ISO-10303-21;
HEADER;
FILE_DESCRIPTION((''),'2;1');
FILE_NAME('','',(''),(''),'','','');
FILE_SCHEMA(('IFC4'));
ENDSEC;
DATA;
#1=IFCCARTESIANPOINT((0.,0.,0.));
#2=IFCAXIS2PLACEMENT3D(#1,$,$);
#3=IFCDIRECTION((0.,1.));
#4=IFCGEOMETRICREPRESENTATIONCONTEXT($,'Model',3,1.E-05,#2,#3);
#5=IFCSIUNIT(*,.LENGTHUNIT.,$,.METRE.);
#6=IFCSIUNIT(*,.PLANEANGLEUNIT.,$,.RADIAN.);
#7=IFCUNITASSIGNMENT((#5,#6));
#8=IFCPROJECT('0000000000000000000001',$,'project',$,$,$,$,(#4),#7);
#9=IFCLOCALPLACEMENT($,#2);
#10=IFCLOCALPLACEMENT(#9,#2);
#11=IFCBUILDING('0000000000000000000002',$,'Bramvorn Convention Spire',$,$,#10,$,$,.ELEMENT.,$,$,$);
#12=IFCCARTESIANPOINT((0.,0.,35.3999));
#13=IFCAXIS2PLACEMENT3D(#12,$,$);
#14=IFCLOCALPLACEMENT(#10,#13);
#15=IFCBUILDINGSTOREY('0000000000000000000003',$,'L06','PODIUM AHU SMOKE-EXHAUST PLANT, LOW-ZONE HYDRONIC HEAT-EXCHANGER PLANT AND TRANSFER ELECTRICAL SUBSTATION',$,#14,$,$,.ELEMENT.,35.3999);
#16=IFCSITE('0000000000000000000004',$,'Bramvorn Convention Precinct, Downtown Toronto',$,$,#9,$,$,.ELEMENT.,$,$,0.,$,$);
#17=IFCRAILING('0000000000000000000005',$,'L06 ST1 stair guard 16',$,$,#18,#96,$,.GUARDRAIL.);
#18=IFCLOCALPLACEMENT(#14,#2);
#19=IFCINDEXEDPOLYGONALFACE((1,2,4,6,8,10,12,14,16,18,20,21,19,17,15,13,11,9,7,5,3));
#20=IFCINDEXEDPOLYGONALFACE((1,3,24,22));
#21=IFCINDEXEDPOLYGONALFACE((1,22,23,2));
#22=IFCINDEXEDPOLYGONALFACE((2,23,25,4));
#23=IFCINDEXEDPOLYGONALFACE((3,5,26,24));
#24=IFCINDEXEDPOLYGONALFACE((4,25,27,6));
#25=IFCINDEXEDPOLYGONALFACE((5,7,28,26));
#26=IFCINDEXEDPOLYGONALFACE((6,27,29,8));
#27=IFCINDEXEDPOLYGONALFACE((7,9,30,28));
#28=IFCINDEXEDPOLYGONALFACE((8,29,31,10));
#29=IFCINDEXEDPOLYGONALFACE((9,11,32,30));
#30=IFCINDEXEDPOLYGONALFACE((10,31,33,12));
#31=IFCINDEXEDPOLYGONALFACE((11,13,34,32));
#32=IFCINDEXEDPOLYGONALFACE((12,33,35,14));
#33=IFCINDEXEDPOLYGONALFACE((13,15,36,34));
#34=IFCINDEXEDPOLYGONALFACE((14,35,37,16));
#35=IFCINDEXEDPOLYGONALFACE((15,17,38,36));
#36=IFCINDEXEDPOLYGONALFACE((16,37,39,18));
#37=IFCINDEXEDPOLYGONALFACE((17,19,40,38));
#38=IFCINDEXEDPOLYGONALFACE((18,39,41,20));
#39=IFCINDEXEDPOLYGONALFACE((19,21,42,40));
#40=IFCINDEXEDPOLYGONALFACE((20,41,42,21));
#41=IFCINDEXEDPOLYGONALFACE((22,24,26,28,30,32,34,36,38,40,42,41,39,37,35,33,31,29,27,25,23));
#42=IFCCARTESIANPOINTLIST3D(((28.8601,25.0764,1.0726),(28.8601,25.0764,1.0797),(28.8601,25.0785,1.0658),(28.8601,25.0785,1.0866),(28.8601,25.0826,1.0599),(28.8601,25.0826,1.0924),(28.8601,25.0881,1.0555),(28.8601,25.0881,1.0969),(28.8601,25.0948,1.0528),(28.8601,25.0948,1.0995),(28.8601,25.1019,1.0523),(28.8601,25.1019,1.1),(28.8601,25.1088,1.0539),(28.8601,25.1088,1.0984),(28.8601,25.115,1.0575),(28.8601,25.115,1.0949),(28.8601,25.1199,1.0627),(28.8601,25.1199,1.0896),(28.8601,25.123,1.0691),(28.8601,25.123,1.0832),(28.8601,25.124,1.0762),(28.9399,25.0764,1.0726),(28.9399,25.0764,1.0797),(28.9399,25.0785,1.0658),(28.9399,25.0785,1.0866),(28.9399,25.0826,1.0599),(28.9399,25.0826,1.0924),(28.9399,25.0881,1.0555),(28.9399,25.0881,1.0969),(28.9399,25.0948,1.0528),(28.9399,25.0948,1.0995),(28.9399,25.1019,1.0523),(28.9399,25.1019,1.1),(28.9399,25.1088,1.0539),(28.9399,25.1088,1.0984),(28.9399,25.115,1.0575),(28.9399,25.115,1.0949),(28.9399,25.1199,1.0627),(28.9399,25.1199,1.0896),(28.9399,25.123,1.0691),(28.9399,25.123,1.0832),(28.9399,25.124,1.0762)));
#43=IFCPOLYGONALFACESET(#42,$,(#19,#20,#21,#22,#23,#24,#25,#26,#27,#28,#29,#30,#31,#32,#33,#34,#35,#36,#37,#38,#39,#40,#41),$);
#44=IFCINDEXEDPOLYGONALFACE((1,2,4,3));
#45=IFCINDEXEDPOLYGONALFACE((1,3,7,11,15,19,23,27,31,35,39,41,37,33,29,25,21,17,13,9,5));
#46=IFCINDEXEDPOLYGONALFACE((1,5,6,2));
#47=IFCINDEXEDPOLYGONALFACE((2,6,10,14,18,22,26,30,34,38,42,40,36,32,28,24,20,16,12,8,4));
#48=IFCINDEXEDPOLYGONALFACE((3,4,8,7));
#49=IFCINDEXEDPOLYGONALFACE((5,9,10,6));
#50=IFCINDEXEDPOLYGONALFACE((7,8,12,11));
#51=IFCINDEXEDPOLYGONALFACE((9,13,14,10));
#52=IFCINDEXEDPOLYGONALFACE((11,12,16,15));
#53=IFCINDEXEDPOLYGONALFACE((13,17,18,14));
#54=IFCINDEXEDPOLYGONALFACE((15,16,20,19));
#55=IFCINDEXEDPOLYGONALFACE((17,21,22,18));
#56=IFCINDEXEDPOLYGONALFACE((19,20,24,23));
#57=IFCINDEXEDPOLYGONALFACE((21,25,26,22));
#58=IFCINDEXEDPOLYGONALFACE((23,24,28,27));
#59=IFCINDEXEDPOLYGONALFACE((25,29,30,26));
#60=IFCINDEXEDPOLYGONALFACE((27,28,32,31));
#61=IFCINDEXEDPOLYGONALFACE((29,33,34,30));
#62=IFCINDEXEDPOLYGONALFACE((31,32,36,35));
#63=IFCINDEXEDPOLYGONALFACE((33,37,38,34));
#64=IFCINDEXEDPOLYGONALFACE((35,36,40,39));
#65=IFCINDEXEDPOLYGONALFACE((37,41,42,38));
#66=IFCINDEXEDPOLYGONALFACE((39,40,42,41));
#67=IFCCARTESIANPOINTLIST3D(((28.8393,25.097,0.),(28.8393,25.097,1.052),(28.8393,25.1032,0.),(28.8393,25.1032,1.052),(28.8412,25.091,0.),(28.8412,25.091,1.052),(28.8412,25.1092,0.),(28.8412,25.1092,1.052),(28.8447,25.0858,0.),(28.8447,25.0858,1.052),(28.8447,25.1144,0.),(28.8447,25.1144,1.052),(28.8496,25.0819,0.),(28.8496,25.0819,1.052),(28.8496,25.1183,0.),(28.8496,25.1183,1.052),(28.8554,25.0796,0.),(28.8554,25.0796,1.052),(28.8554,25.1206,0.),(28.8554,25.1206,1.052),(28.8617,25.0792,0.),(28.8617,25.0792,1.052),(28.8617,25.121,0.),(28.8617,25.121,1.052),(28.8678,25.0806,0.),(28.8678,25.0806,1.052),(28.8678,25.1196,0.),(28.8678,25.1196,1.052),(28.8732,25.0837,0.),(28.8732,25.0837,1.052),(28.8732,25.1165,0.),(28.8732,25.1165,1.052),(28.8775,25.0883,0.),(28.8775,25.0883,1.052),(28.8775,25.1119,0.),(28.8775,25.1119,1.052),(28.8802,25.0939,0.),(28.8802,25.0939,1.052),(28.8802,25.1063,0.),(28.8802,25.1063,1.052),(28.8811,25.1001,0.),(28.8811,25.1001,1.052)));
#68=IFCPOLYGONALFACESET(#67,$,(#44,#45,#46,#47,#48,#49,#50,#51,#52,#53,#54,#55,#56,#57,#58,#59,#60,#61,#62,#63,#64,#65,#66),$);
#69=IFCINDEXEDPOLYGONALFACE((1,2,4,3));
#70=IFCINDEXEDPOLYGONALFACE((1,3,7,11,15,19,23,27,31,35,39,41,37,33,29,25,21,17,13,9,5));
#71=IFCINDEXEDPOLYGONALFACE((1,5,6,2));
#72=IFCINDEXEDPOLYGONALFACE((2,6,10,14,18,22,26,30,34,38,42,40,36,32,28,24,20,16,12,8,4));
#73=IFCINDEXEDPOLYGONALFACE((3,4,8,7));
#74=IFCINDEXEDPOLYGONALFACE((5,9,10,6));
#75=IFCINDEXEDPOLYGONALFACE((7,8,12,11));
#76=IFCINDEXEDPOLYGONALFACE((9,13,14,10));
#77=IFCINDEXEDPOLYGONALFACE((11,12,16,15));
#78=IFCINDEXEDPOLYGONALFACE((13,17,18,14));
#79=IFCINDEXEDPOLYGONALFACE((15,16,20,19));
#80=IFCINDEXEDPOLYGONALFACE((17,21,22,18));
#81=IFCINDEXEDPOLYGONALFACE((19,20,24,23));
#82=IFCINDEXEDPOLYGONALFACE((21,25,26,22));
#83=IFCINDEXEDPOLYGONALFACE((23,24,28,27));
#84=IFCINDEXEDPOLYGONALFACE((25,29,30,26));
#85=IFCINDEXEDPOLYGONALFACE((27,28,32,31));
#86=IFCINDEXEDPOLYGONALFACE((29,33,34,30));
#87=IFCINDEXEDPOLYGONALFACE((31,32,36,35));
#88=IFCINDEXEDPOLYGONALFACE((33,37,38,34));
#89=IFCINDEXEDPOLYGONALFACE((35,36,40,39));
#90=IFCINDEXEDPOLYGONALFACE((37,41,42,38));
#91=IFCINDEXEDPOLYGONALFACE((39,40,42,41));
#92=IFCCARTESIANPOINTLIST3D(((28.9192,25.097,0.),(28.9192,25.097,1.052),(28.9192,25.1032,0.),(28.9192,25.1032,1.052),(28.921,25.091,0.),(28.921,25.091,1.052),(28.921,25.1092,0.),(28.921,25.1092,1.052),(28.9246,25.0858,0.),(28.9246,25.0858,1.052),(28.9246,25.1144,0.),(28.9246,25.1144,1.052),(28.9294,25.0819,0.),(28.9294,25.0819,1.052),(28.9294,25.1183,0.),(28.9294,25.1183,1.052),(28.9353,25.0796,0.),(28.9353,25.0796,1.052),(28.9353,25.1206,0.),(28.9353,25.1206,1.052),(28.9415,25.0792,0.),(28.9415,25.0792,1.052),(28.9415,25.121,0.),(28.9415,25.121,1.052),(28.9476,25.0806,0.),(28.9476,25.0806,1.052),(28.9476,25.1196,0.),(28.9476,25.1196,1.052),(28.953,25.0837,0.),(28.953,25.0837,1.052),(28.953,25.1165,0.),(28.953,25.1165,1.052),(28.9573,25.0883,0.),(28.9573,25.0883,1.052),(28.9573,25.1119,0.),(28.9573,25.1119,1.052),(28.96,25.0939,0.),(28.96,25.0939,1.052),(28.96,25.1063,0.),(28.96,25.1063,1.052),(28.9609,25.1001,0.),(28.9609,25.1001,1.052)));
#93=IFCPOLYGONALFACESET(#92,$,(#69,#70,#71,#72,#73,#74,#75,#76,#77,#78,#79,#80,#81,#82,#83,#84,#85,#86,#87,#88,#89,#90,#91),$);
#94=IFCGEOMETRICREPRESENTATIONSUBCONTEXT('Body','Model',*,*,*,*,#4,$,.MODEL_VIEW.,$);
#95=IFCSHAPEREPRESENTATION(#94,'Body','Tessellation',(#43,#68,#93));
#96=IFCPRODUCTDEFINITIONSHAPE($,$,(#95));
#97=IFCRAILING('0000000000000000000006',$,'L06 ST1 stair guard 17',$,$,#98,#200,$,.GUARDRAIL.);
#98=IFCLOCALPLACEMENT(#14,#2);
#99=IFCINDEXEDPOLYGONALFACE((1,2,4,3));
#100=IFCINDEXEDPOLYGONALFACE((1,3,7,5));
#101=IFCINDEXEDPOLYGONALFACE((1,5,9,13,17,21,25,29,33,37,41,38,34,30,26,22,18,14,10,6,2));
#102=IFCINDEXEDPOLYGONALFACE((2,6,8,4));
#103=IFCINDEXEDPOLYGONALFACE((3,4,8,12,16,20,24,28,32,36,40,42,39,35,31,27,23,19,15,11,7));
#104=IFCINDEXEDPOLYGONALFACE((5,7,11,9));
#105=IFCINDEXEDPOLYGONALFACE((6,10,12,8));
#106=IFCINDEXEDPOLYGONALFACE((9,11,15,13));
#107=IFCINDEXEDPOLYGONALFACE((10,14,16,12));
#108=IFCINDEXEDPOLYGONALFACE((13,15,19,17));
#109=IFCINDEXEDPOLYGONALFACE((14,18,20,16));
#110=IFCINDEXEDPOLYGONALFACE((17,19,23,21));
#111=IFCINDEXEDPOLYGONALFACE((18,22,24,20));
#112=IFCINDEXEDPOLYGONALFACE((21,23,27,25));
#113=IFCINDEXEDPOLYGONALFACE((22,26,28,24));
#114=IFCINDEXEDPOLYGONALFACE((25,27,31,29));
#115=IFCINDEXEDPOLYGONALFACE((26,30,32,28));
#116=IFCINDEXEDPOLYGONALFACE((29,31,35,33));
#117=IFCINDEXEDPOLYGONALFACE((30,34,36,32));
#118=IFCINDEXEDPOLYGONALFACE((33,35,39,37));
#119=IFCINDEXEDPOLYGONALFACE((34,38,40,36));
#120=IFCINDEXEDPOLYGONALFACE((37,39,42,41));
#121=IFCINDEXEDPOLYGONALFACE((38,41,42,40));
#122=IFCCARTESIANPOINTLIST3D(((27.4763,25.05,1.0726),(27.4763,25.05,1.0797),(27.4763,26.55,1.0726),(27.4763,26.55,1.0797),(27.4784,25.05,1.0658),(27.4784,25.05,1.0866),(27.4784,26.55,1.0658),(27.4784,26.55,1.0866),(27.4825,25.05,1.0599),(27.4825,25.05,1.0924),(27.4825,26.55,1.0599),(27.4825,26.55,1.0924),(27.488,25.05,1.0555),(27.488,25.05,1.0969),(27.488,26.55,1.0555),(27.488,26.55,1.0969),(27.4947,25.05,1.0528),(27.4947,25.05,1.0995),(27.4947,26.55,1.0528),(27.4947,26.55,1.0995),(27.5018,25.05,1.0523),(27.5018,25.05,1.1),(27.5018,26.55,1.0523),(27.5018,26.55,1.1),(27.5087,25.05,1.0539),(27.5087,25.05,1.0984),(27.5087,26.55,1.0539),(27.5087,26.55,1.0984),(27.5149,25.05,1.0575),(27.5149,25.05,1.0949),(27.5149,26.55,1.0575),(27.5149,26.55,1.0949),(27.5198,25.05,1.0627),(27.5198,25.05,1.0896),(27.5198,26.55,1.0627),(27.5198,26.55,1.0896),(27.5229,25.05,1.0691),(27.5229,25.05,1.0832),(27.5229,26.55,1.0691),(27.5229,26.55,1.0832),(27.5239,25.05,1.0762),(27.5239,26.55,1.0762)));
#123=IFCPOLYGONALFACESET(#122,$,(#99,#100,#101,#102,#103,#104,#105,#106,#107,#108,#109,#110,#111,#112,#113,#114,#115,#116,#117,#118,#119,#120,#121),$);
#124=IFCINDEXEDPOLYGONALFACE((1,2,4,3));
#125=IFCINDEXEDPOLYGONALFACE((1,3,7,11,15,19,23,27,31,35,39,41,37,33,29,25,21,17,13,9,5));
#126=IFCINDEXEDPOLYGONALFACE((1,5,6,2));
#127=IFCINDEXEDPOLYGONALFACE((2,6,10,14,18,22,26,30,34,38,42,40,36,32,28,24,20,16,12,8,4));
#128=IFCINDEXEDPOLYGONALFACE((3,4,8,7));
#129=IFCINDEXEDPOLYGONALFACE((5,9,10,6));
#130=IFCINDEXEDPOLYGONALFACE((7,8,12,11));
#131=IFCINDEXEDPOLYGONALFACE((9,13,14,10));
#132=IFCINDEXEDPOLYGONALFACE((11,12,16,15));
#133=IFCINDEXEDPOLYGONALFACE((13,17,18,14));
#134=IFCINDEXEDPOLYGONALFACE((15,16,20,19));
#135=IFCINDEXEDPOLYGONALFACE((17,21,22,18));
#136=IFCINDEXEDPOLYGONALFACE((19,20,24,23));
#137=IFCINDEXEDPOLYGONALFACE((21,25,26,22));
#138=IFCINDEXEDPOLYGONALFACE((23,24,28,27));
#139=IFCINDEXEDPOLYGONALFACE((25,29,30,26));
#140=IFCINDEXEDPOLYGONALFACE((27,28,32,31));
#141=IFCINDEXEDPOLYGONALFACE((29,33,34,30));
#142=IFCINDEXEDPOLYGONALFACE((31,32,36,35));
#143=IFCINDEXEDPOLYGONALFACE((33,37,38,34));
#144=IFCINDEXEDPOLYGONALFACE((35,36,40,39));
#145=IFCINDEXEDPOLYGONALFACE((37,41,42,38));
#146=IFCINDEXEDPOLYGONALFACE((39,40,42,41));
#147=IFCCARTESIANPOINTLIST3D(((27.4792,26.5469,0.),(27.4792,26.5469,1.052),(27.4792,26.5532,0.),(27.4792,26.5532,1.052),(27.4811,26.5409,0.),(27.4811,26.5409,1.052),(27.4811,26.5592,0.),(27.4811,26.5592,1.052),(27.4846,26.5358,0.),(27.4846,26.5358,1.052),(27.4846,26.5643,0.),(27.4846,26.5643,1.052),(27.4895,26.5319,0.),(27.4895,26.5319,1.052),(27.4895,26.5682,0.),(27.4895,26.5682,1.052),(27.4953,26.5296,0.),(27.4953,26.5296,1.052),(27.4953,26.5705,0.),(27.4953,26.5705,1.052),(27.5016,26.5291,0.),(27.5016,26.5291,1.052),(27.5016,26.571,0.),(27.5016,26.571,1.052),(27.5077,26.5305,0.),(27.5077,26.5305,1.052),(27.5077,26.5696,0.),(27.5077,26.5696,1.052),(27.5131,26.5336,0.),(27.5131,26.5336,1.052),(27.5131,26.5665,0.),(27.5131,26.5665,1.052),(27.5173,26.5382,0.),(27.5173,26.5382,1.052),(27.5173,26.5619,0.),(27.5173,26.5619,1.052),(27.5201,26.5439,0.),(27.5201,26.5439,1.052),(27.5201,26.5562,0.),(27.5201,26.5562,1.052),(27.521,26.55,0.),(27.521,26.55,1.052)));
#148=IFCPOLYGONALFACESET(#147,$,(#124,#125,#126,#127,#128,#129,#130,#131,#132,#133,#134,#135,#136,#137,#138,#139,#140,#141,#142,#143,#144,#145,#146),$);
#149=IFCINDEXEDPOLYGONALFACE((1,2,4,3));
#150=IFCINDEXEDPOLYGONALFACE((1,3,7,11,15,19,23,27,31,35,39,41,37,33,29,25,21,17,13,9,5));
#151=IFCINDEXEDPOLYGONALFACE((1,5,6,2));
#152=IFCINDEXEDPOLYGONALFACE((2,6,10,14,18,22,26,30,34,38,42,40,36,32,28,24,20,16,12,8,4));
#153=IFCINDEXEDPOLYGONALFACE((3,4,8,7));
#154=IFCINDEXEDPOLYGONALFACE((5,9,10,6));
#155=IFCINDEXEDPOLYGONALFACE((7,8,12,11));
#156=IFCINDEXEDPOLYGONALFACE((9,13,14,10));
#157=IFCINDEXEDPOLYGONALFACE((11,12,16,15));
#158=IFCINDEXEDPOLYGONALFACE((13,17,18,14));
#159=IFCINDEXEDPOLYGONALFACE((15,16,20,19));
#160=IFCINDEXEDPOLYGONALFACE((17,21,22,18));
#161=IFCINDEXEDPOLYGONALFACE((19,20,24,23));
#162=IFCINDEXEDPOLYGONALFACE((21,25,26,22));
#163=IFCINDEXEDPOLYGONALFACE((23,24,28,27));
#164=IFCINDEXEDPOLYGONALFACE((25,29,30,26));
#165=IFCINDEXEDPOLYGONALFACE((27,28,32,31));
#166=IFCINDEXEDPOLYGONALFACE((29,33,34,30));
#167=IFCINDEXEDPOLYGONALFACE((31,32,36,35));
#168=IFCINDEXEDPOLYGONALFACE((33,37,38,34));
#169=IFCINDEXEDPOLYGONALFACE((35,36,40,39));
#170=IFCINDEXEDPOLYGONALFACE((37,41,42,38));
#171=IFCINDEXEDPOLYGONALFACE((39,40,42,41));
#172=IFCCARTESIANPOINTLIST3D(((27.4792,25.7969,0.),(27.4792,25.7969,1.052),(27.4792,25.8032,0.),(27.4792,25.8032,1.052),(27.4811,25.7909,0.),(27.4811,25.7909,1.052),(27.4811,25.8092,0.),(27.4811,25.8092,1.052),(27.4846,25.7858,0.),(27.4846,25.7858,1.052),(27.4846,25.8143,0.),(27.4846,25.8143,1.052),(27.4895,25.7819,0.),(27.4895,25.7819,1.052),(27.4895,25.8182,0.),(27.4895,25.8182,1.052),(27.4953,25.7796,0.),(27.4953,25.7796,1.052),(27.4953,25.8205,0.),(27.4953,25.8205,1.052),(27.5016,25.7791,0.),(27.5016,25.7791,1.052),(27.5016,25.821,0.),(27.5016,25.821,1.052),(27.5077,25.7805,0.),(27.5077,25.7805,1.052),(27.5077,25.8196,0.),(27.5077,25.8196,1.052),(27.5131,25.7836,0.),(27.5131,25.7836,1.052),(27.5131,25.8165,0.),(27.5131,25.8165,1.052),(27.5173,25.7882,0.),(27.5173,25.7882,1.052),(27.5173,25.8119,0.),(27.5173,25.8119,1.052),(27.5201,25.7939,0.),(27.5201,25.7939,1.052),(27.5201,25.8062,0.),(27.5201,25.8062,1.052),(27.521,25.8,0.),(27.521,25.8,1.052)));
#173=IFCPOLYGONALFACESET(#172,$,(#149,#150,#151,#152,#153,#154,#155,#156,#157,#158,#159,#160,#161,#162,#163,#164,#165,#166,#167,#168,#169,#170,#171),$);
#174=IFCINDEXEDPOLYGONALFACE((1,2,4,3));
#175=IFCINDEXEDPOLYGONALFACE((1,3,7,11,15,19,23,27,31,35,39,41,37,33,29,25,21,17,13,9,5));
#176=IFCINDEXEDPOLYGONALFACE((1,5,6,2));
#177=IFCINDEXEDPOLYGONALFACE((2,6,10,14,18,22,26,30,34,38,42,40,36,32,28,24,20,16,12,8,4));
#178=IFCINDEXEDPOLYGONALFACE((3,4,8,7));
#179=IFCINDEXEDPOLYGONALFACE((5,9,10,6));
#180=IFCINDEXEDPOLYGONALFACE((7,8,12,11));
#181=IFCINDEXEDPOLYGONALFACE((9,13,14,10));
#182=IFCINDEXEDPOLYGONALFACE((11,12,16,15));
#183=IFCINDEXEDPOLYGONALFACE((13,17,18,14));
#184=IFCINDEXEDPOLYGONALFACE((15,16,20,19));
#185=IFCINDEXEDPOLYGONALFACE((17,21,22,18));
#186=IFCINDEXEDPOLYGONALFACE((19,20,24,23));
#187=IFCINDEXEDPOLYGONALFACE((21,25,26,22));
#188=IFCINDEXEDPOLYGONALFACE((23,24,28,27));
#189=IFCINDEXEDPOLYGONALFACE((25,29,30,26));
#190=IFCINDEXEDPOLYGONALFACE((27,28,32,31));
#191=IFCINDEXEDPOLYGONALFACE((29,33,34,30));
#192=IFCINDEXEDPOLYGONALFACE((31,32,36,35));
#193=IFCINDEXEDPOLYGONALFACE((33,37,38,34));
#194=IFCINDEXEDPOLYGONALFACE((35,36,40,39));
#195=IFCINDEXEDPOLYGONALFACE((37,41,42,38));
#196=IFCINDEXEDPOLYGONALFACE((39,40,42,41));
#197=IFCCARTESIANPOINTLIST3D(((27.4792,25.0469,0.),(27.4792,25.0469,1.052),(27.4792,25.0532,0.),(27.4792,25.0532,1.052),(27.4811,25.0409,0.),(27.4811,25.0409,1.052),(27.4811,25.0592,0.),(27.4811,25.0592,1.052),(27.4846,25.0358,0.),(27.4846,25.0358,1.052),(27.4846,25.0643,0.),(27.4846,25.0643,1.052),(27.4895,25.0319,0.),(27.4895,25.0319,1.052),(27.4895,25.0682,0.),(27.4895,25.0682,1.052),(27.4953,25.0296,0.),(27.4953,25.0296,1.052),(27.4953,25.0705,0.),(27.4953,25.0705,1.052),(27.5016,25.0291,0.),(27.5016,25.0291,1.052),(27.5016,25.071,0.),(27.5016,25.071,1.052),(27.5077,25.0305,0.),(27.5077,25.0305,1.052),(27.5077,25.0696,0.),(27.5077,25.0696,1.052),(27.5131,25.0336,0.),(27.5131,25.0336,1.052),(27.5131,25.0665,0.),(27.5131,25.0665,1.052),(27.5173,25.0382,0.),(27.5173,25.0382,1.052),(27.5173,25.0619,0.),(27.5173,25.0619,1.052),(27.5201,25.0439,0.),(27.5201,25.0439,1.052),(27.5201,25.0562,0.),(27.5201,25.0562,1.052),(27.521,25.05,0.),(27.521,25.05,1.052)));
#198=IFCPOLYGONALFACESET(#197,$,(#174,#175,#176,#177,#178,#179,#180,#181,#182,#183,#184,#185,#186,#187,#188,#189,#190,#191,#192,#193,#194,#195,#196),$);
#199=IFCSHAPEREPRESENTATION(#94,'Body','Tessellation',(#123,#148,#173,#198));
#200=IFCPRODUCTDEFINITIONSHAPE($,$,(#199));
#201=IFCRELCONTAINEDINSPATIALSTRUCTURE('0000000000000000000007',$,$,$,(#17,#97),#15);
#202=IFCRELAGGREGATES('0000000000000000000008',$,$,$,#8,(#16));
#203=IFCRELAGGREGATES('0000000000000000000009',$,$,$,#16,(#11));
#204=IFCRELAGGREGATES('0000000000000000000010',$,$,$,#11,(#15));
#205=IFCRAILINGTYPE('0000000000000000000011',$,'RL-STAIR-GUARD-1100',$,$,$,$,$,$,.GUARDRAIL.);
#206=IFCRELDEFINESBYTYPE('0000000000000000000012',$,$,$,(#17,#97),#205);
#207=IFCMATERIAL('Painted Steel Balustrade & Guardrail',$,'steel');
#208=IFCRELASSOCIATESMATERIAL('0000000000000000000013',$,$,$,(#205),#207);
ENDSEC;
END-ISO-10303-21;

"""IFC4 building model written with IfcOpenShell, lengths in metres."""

from ifc_helpers import new_model, si_unit, direction, frame, origin, origin_2d, place, context, subcontext, project, spatial, circle, extrude, material, type_object, element, save


model = new_model("IFC4")

# Units and contexts
model_context = context("Model", 3, precision=1e-05, world=origin(), true_north=direction((0.0, 1.0)))
body_context = subcontext(model_context, "Body", "Model", "MODEL_VIEW")
ifc_project = project(units=[si_unit("LENGTHUNIT", "METRE"), si_unit("PLANEANGLEUNIT", "RADIAN")], contexts=[model_context])

# Site, building, storey
site_placement = place(None, origin())
site = spatial("IfcSite", under=ifc_project, at=site_placement, Name="Bramvorn Convention Precinct, Downtown Toronto", CompositionType="ELEMENT", RefElevation=0.0)
building_placement = place(site_placement, origin())
building = spatial("IfcBuilding", under=site, at=building_placement, Name="Bramvorn Convention Spire", CompositionType="ELEMENT")
storey_placement = place(building_placement, frame((0.0, 0.0, 35.3999)))
storey = spatial("IfcBuildingStorey", under=building, at=storey_placement, Name="L06", Description="PODIUM AHU SMOKE-EXHAUST PLANT, LOW-ZONE HYDRONIC HEAT-EXCHANGER PLANT AND TRANSFER ELECTRICAL SUBSTATION", CompositionType="ELEMENT", Elevation=35.3999)

# Railings
ifc_material_1 = material(Name="Painted Steel Balustrade & Guardrail", Category="steel")
railing_type_1 = type_object("IfcRailingType", Name="RL-STAIR-GUARD-1100", PredefinedType="GUARDRAIL", material=ifc_material_1)
railing_1_placement = place(storey_placement, frame((28.8601, 25.1001, 0.0)))
element("IfcRailing", 1, at=railing_1_placement, inside=storey, type_object=railing_type_1, Name="L06 ST1 stair guard 16", PredefinedType="GUARDRAIL", context=body_context, shape_type="SweptSolid", body=[
    extrude(circle(Radius=0.0239, at=origin_2d()), frame((0.0, 0.0, 1.0762), z_axis=(1.0, 0.0, 0.0), x_axis=(0.0, 1.0, 0.0)), (0.0, 0.0, 1.0), 0.0798),
    extrude(circle(Radius=0.021, at=origin_2d()), origin(), (0.0, 0.0, 1.0), 1.052),
    extrude(circle(Radius=0.021, at=origin_2d()), frame((0.0798, 0.0, 0.0)), (0.0, 0.0, 1.0), 1.052),
])
for number, where, name in (
    (2, (27.5, 26.55, 0.0), "L06 ST1 stair guard 17"),
):
    element("IfcRailing", number, at=place(storey_placement, frame(where)), inside=storey, type_object=railing_type_1, Name=name, PredefinedType="GUARDRAIL", context=body_context, shape_type="SweptSolid", body=[
        extrude(circle(Radius=0.0239, at=origin_2d()), frame((0.0, 0.0, 1.0762), z_axis=(0.0, -1.0, 0.0), x_axis=(1.0, 0.0, 0.0)), (0.0, 0.0, 1.0), 1.5),
        extrude(circle(Radius=0.021, at=origin_2d()), origin(), (0.0, 0.0, 1.0), 1.052),
        extrude(circle(Radius=0.021, at=origin_2d()), frame((0.0, -0.75, 0.0)), (0.0, 0.0, 1.0), 1.052),
        extrude(circle(Radius=0.021, at=origin_2d()), frame((0.0, -1.5, 0.0)), (0.0, 0.0, 1.0), 1.052),
    ])

save(model, "model.ifc")
